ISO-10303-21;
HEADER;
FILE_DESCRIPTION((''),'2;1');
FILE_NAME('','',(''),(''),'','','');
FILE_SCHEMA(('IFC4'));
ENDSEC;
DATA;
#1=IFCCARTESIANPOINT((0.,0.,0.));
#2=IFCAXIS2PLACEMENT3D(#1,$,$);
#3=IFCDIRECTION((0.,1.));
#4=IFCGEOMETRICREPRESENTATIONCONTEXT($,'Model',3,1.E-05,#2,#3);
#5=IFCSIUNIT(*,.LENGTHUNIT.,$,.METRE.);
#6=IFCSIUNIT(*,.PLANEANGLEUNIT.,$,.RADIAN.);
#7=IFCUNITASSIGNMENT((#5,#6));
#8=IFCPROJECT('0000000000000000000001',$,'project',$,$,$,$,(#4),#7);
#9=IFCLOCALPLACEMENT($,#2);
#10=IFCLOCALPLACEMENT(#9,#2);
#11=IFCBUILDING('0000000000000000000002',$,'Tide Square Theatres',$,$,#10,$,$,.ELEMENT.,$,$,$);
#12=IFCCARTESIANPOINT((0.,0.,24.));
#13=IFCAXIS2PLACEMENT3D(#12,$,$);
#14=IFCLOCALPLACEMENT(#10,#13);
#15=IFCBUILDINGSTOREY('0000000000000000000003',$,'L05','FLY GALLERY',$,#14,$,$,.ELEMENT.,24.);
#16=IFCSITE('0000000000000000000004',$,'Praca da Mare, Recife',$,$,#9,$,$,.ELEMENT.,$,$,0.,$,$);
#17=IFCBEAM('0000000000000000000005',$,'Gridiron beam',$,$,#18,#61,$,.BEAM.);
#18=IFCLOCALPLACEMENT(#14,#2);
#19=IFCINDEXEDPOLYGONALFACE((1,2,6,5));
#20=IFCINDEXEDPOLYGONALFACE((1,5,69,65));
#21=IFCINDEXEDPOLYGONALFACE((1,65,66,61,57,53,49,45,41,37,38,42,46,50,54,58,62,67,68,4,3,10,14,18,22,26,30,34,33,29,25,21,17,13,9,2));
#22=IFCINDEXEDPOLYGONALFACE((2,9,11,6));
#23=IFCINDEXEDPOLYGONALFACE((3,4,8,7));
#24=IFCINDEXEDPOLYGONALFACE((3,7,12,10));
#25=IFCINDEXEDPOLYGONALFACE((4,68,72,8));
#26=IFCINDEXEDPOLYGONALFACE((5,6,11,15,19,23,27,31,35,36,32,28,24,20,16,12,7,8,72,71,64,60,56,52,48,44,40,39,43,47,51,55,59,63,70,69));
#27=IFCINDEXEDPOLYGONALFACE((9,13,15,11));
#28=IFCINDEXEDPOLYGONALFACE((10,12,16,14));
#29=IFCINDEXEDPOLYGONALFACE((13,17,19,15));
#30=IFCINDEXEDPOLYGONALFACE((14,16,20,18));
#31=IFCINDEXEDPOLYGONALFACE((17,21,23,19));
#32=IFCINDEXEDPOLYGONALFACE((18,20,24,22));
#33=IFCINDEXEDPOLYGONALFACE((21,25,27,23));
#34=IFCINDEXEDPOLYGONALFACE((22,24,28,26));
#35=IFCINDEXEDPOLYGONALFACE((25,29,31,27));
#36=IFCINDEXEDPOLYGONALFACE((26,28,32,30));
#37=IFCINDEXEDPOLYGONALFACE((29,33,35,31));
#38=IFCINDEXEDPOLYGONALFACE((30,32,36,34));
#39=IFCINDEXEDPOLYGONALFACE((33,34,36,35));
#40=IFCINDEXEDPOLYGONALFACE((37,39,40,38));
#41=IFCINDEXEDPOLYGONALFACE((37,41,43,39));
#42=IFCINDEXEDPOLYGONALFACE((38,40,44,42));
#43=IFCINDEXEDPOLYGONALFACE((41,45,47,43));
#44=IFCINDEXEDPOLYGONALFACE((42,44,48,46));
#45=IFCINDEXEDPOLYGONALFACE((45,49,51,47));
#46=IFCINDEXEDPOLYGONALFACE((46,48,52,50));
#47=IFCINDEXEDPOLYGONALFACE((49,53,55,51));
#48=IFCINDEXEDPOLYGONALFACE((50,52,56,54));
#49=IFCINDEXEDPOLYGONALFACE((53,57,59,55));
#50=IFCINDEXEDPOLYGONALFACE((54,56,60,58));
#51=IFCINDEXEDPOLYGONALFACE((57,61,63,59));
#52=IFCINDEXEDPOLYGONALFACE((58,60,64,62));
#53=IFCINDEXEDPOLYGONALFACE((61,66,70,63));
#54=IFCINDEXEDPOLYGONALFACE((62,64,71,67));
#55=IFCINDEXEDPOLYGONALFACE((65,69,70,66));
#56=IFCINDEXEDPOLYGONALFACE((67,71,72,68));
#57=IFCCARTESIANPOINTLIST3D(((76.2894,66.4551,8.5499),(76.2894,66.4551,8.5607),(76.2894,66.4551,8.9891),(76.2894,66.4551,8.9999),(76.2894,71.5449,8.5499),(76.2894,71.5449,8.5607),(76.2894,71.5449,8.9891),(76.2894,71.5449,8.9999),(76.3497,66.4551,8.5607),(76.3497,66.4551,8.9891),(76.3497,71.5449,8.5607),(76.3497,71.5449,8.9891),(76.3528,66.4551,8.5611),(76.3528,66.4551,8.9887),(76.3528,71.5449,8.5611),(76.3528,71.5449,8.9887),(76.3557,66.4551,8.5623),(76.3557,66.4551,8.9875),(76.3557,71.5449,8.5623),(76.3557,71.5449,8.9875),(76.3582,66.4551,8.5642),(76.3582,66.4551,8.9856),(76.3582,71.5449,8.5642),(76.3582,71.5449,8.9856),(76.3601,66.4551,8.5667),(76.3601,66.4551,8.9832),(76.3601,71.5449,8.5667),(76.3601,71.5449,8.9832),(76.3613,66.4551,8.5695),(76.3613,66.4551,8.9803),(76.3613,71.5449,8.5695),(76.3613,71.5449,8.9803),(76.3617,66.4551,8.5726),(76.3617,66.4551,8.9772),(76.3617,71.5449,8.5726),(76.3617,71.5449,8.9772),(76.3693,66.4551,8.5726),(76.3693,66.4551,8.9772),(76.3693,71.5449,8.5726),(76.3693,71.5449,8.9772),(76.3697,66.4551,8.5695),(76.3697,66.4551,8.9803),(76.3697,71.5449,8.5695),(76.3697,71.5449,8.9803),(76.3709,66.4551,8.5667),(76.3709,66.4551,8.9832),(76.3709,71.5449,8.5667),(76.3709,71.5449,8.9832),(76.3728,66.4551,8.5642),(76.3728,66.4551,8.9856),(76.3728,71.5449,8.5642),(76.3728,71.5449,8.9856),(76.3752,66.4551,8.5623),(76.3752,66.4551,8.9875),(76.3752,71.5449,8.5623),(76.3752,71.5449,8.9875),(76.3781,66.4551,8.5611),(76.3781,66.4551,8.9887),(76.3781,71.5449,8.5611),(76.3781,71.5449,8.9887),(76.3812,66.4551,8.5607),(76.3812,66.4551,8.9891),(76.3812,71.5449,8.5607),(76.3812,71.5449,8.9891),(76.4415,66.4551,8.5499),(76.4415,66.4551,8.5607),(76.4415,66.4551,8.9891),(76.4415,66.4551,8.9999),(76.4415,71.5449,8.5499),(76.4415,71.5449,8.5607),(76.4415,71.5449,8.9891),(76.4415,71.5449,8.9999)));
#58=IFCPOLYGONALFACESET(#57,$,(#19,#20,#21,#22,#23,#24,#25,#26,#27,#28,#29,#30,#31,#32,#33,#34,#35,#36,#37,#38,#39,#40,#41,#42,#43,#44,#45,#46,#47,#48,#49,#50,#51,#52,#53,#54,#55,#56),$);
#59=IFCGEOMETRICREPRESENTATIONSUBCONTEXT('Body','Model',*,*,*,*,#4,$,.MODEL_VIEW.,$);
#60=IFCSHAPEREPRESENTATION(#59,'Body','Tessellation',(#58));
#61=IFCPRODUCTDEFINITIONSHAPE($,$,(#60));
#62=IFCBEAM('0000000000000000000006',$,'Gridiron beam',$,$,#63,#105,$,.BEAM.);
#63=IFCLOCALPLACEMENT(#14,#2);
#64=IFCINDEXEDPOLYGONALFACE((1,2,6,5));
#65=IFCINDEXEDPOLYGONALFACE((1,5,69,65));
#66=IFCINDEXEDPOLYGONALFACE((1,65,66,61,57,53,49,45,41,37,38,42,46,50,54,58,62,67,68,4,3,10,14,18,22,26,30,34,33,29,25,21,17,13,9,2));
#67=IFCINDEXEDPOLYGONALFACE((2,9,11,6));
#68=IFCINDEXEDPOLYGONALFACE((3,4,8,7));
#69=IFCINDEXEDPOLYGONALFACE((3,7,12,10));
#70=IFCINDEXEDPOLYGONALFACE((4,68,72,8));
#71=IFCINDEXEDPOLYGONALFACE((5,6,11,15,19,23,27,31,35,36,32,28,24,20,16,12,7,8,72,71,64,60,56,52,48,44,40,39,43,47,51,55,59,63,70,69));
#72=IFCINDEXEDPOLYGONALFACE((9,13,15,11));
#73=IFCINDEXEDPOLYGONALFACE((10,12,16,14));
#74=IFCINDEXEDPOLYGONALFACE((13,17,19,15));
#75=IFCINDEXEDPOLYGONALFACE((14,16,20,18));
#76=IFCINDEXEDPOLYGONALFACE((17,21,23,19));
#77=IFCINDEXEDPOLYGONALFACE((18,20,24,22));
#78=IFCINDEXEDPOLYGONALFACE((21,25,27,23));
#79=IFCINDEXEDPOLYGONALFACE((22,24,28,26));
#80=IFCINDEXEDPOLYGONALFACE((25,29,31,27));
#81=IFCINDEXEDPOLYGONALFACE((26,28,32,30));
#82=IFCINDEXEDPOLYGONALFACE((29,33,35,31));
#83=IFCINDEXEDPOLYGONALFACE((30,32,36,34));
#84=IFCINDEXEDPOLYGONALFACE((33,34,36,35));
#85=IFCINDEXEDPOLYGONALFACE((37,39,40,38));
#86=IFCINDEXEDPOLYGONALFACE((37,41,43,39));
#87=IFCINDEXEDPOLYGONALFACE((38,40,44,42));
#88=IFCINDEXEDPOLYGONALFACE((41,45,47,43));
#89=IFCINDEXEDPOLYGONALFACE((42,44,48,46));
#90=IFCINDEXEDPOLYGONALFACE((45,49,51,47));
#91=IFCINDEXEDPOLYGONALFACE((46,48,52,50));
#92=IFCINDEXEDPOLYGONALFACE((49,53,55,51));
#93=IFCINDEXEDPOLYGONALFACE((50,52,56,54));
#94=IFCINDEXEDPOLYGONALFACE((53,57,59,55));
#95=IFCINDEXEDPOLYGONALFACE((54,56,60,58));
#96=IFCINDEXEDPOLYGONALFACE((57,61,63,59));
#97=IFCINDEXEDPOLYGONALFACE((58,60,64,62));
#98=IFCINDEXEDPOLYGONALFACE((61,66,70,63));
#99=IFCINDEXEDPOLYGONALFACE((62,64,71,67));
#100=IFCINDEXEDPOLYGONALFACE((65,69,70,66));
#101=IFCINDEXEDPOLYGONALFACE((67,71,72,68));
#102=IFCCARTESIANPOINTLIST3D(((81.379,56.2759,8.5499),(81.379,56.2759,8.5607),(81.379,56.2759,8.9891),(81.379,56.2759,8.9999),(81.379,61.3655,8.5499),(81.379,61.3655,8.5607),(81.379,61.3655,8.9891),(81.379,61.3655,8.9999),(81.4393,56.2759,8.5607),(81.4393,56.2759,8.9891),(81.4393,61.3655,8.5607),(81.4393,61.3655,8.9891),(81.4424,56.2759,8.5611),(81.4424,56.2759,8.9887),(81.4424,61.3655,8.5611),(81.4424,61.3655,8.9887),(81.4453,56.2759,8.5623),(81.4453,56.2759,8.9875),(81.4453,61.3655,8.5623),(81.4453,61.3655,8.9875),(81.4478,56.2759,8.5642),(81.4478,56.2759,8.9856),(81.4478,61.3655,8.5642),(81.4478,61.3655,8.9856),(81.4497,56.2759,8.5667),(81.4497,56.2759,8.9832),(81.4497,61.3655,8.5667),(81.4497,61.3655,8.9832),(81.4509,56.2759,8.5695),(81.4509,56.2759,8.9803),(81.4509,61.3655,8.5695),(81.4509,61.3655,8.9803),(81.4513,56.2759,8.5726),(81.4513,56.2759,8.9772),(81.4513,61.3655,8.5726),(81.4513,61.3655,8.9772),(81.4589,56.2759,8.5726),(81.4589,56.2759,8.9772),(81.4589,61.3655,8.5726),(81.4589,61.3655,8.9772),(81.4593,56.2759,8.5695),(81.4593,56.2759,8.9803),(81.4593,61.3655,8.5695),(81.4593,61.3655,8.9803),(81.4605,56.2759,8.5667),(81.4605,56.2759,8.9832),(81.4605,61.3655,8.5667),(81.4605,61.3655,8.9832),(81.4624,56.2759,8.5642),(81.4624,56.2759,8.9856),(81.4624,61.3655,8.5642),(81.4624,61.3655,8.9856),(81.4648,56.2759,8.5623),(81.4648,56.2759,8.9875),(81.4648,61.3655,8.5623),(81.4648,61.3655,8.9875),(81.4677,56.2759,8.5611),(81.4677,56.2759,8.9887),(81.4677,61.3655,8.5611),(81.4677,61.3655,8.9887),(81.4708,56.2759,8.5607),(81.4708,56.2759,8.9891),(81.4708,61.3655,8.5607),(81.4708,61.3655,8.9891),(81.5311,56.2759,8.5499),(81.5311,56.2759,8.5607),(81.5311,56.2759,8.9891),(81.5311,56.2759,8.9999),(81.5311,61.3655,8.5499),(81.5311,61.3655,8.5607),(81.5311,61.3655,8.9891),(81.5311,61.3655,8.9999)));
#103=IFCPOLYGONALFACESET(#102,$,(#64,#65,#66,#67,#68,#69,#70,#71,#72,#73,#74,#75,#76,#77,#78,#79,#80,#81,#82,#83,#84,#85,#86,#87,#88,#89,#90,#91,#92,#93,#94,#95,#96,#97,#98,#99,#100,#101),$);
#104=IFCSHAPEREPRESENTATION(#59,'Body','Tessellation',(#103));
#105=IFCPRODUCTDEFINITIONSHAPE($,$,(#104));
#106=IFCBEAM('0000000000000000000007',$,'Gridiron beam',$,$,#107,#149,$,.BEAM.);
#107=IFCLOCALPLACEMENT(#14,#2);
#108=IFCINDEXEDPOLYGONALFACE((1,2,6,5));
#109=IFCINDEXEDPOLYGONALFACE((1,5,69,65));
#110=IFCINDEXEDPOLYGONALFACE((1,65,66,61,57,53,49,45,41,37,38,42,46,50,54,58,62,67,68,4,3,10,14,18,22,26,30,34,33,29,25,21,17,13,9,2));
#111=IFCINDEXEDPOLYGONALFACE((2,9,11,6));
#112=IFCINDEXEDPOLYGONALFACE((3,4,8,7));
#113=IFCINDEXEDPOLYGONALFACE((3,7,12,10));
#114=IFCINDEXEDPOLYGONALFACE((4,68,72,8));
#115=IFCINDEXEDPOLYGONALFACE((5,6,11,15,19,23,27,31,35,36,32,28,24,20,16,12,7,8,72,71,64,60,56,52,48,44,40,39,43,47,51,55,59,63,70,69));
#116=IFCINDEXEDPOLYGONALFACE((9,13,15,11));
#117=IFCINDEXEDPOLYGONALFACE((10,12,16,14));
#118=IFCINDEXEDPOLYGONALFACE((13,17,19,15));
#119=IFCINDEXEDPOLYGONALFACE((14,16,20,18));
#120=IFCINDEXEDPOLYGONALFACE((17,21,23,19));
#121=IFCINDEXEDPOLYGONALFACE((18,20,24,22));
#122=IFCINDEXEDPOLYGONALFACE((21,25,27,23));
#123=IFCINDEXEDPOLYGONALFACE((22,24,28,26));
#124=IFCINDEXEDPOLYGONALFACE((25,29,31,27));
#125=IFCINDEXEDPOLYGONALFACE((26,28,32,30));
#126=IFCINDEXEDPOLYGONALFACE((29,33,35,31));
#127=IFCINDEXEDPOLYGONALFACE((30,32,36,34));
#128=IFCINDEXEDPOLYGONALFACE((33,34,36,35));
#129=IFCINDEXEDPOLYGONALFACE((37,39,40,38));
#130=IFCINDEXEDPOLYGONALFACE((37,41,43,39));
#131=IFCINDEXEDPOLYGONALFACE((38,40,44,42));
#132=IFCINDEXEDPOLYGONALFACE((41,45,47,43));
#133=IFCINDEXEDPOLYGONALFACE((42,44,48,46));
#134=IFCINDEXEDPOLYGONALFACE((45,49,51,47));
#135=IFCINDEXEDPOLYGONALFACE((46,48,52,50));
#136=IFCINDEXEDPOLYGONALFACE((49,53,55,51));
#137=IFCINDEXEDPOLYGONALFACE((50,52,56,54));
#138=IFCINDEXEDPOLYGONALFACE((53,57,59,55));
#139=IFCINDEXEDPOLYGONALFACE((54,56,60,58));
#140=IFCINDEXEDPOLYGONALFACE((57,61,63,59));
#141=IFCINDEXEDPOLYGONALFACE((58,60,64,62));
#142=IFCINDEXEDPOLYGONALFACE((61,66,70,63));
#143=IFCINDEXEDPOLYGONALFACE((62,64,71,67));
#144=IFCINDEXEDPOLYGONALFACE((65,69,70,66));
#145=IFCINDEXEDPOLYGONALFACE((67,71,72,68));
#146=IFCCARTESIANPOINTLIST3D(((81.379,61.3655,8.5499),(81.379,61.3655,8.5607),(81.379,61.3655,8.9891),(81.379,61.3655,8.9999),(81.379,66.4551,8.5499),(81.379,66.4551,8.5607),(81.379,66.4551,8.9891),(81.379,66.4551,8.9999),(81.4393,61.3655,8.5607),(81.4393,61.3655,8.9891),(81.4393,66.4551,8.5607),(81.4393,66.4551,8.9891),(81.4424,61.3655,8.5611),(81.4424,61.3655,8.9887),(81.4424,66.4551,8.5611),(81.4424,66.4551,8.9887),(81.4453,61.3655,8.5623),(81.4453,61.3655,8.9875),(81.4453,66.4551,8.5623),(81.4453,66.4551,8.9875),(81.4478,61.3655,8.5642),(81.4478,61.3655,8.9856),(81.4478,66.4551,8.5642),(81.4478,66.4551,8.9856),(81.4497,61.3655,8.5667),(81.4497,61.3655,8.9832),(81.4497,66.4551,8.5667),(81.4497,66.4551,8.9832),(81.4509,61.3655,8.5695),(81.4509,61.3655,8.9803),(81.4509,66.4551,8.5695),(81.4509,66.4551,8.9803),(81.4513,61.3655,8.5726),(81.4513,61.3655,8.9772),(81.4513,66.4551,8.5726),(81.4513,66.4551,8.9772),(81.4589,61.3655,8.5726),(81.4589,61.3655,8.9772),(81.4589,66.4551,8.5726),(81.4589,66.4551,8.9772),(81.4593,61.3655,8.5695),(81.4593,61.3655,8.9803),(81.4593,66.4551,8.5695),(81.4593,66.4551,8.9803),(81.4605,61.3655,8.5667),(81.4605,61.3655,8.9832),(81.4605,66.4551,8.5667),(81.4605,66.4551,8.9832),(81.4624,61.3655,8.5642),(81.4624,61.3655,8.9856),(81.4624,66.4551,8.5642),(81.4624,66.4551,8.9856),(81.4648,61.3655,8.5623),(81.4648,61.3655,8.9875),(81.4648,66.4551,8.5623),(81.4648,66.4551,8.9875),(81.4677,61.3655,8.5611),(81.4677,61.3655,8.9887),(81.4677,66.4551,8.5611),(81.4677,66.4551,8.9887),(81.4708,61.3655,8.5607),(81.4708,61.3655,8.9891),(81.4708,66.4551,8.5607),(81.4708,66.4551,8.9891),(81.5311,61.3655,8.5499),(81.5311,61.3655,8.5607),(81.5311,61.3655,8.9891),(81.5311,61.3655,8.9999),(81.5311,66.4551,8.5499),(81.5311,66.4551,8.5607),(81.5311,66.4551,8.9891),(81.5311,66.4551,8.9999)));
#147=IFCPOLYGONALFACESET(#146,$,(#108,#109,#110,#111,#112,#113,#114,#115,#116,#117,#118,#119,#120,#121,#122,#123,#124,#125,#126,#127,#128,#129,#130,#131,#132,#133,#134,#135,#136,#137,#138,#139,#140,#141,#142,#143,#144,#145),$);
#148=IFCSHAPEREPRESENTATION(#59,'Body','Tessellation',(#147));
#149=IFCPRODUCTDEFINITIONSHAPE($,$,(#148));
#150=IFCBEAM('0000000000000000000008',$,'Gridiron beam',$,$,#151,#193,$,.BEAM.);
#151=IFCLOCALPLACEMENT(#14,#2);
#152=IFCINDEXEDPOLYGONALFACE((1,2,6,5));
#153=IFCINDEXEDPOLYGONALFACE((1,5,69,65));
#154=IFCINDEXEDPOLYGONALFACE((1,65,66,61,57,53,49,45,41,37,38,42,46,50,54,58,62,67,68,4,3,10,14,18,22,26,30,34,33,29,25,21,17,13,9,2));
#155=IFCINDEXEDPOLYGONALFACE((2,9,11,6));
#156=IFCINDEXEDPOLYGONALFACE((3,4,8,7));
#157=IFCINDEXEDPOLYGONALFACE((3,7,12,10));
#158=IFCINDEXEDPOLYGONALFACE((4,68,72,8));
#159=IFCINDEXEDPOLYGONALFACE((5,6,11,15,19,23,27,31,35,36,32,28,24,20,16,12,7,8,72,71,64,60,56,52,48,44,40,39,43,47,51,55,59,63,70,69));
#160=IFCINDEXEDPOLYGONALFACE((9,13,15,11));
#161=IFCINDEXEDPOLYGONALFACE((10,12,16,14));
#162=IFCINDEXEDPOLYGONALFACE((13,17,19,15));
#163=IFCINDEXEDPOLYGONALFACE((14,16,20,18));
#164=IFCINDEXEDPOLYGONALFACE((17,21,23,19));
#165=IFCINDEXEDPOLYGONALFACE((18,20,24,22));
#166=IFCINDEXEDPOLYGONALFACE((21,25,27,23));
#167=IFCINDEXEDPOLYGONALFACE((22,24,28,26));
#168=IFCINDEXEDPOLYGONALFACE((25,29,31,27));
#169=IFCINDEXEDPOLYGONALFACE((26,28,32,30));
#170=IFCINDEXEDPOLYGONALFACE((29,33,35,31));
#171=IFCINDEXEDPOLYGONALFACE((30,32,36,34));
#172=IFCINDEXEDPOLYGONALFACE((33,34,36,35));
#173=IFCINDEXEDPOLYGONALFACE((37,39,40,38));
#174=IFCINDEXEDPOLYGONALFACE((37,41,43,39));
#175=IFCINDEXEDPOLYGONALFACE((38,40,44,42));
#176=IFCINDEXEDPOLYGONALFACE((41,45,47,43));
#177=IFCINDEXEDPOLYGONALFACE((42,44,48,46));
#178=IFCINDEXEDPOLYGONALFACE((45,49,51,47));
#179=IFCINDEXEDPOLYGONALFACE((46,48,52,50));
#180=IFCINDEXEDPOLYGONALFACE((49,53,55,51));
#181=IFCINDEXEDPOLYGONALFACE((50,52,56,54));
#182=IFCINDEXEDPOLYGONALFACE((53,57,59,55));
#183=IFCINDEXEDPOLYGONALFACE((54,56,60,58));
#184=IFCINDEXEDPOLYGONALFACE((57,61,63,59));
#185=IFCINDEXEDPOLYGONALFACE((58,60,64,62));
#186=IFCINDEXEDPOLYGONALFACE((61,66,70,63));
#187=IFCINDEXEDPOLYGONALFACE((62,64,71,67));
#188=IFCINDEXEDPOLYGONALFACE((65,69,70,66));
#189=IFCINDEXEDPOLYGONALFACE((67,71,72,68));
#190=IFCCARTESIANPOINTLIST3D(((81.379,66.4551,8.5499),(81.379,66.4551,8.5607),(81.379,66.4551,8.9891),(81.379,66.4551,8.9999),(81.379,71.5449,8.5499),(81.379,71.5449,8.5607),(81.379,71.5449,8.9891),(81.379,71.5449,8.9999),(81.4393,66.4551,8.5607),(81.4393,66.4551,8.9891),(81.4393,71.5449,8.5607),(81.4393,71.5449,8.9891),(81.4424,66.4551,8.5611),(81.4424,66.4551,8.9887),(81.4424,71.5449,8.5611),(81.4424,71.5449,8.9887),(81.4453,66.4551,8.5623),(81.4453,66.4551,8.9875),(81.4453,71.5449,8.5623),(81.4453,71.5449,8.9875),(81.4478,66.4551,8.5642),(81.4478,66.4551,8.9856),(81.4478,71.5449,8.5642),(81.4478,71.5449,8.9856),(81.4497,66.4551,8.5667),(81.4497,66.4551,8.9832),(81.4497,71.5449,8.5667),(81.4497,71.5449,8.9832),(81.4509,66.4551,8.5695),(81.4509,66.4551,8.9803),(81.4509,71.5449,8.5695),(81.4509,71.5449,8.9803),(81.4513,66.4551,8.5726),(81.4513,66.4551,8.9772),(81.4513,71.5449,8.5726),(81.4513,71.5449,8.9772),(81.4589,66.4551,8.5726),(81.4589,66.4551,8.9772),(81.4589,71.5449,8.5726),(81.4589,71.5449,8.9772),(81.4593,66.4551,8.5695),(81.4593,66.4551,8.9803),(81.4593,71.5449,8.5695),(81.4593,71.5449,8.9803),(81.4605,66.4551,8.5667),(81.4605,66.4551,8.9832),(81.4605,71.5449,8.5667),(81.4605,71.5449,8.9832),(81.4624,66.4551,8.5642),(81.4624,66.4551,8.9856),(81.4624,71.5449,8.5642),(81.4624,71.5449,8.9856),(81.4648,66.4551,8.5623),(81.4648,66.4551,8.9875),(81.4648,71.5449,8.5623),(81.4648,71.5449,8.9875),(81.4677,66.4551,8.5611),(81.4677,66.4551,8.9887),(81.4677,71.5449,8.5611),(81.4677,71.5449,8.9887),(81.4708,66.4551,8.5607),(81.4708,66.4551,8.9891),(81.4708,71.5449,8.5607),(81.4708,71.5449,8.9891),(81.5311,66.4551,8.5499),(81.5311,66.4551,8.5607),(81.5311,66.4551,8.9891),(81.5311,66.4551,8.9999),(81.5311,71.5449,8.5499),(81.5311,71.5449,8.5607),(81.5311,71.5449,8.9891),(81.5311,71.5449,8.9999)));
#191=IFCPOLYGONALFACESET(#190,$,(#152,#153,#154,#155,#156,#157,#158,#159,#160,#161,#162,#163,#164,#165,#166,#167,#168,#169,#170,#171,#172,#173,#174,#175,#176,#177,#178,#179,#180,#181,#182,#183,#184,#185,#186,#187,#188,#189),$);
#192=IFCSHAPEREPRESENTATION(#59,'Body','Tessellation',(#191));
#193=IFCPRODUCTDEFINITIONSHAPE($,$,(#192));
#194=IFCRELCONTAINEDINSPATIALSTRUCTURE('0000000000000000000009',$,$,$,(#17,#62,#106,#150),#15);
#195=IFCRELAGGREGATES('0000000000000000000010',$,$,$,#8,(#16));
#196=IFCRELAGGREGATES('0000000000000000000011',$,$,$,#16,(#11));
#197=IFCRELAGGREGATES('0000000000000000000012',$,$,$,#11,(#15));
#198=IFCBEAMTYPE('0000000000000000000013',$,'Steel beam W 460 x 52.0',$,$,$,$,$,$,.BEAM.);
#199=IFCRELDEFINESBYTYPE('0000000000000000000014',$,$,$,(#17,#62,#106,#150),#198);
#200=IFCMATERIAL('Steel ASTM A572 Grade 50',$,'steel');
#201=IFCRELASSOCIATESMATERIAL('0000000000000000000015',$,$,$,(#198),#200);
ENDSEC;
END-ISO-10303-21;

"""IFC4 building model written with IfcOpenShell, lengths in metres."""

from ifc_helpers import new_model, si_unit, direction, frame, origin, origin_2d, place, context, subcontext, project, spatial, i_section, extrude, material, material_profile, profile_set, type_object, element, save


model = new_model("IFC4")

# Units and contexts
model_context = context("Model", 3, precision=1e-05, world=origin(), true_north=direction((0.0, 1.0)))
body_context = subcontext(model_context, "Body", "Model", "MODEL_VIEW")
ifc_project = project(units=[si_unit("LENGTHUNIT", "METRE"), si_unit("PLANEANGLEUNIT", "RADIAN")], contexts=[model_context])

# Site, building, storey
site_placement = place(None, origin())
site = spatial("IfcSite", under=ifc_project, at=site_placement, Name="Praca da Mare, Recife", CompositionType="ELEMENT", RefElevation=0.0)
building_placement = place(site_placement, origin())
building = spatial("IfcBuilding", under=site, at=building_placement, Name="Tide Square Theatres", CompositionType="ELEMENT")
storey_placement = place(building_placement, frame((0.0, 0.0, 24.0)))
storey = spatial("IfcBuildingStorey", under=building, at=storey_placement, Name="L05", Description="FLY GALLERY", CompositionType="ELEMENT", Elevation=24.0)

# Beams
ifc_material_1 = material(Name="Steel ASTM A572 Grade 50", Category="steel")
ifc_material_profile_1 = material_profile(ifc_material_1, i_section(OverallWidth=0.1521, OverallDepth=0.45, WebThickness=0.0076, FlangeThickness=0.0107, FilletRadius=0.012, at=origin_2d()))
ifc_profile_set_1 = profile_set([ifc_material_profile_1], Name="Steel ASTM A572 Grade 50")
beam_type_1 = type_object("IfcBeamType", Name="Steel beam W 460 x 52.0", PredefinedType="BEAM", material=ifc_profile_set_1)
beam_1_placement = place(storey_placement, frame((76.3655, 66.4551, 8.7749), z_axis=(0.0, 1.0, 0.0), x_axis=(-1.0, 0.0, 0.0)))
element("IfcBeam", 1, at=beam_1_placement, inside=storey, type_object=beam_type_1, Name="Gridiron beam", PredefinedType="BEAM", context=body_context, shape_type="SweptSolid", body=[
    extrude(i_section(OverallWidth=0.1521, OverallDepth=0.45, WebThickness=0.0076, FlangeThickness=0.0107, FilletRadius=0.012, at=origin_2d()), origin(), (0.0, 0.0, 1.0), 5.0898),
])
for number, where, z_axis, x_axis, name in (
    (2, (81.4551, 56.2759, 8.7749), (0.0, 1.0, 0.0), (-1.0, 0.0, 0.0), "Gridiron beam"),
    (3, (81.4551, 61.3655, 8.7749), (0.0, 1.0, 0.0), (-1.0, 0.0, 0.0), "Gridiron beam"),
):
    element("IfcBeam", number, at=place(storey_placement, frame(where, z_axis=z_axis, x_axis=x_axis)), inside=storey, type_object=beam_type_1, Name=name, PredefinedType="BEAM", context=body_context, shape_type="SweptSolid", body=[
        extrude(i_section(OverallWidth=0.1521, OverallDepth=0.45, WebThickness=0.0076, FlangeThickness=0.0107, FilletRadius=0.012, at=origin_2d()), origin(), (0.0, 0.0, 1.0), 5.0896),
    ])
beam_2_placement = place(storey_placement, frame((81.4551, 66.4551, 8.7749), z_axis=(0.0, 1.0, 0.0), x_axis=(-1.0, 0.0, 0.0)))
element("IfcBeam", 4, at=beam_2_placement, inside=storey, type_object=beam_type_1, Name="Gridiron beam", PredefinedType="BEAM", context=body_context, shape_type="SweptSolid", body=[
    extrude(i_section(OverallWidth=0.1521, OverallDepth=0.45, WebThickness=0.0076, FlangeThickness=0.0107, FilletRadius=0.012, at=origin_2d()), origin(), (0.0, 0.0, 1.0), 5.0898),
])

save(model, "model.ifc")
